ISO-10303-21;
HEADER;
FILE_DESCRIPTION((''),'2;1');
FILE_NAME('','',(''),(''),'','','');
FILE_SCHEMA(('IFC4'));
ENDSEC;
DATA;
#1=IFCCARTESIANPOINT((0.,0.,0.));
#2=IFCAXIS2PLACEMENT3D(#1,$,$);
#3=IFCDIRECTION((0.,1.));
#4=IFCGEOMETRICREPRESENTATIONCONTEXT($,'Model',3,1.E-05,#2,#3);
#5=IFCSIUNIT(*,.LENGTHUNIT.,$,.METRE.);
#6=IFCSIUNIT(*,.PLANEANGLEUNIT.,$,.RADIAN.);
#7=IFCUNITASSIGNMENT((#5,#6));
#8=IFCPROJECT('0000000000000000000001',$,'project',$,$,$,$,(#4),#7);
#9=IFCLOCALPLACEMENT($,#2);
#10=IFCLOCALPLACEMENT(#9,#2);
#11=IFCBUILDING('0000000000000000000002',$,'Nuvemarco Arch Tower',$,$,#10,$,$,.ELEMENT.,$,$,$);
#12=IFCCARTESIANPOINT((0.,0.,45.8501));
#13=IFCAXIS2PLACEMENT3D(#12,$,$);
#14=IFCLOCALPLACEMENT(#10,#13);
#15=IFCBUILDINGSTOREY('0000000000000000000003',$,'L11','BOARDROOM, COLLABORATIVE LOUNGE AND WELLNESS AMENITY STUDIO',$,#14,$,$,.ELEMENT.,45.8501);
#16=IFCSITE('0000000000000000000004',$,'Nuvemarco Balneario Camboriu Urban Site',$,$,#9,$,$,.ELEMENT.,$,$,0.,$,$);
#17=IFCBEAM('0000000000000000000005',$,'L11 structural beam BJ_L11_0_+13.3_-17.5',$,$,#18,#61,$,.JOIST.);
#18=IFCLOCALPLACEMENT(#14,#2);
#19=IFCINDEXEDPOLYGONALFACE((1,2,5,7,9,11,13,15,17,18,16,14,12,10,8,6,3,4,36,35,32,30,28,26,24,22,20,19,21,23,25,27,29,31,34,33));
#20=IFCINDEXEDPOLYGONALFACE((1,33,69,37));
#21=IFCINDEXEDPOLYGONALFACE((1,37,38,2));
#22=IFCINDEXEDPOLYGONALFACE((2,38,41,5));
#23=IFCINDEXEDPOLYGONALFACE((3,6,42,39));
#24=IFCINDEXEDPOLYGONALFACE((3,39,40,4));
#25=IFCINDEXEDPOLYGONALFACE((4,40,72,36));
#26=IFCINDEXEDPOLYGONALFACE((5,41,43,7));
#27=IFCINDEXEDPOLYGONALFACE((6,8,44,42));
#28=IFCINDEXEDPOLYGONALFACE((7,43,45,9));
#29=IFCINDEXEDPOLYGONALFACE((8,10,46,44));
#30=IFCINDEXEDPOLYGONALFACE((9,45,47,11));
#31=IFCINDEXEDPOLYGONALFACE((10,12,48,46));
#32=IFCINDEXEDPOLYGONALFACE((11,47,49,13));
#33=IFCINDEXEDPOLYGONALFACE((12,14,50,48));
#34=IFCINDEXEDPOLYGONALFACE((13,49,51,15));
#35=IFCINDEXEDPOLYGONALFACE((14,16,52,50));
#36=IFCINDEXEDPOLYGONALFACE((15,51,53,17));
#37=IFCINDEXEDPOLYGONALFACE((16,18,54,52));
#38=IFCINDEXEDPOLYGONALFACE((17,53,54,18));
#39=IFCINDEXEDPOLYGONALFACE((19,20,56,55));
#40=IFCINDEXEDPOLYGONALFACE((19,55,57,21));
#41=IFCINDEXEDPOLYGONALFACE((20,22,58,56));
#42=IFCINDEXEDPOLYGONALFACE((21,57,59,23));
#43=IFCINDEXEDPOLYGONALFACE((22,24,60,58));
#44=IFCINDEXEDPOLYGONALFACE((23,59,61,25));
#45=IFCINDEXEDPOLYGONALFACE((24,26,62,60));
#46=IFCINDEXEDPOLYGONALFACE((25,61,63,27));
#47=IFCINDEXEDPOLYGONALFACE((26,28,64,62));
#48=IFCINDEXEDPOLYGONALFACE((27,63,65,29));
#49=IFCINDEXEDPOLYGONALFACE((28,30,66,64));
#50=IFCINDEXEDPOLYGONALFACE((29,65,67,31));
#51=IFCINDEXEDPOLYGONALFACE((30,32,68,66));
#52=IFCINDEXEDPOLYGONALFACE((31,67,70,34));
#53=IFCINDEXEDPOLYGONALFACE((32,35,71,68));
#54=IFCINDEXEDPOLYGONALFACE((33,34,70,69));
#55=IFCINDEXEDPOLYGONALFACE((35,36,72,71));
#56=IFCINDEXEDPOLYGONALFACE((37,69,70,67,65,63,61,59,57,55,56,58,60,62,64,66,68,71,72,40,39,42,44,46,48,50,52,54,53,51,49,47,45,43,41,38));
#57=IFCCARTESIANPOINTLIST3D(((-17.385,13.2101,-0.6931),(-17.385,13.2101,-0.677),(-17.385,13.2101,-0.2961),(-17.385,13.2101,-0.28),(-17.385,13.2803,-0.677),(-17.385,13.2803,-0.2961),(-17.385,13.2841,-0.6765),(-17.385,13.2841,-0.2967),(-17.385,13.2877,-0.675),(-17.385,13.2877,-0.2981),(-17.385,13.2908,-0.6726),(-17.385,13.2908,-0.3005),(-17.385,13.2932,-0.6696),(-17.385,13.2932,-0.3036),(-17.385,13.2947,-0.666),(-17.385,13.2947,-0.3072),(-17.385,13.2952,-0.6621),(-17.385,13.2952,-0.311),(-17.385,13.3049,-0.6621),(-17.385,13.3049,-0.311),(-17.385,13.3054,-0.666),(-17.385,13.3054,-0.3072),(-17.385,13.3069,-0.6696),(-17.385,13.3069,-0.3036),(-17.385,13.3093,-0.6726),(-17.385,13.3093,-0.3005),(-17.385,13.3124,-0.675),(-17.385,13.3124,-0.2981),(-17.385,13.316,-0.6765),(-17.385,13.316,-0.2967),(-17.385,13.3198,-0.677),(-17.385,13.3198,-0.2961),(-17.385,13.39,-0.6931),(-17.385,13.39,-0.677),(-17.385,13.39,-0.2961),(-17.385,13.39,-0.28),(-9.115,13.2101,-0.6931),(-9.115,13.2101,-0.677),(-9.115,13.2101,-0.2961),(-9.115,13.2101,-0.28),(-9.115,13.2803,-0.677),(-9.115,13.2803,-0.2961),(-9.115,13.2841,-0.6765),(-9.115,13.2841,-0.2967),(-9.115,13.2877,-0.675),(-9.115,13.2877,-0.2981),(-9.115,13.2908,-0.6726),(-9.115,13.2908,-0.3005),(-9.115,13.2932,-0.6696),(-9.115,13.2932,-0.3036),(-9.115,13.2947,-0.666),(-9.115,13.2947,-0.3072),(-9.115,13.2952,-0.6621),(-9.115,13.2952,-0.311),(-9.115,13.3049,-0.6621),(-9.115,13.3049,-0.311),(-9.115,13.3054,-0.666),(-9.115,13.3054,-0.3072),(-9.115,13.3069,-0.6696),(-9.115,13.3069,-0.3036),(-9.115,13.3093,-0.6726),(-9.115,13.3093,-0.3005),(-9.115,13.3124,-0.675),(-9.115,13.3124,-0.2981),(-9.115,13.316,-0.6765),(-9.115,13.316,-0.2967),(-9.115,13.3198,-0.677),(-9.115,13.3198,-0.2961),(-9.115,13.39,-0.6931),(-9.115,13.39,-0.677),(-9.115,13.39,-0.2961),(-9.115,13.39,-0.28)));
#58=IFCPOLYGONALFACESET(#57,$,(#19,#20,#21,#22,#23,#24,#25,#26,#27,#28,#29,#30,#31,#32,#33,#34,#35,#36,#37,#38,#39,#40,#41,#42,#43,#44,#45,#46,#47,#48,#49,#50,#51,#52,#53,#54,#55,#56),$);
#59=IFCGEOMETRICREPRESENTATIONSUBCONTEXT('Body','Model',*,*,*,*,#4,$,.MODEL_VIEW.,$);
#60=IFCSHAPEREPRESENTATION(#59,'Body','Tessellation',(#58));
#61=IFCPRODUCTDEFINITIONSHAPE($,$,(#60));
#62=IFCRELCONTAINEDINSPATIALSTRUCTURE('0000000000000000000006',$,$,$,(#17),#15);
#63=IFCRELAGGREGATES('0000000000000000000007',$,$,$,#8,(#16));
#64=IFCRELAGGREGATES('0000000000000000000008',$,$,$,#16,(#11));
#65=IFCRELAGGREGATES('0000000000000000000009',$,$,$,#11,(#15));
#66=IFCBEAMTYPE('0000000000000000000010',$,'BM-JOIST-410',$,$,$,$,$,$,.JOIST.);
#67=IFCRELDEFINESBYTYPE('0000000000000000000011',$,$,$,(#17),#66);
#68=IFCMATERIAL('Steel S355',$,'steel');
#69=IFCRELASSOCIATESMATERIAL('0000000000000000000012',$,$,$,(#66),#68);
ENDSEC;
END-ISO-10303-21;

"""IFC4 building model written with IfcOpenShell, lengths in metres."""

from ifc_helpers import new_model, si_unit, direction, frame, origin, origin_2d, place, context, subcontext, project, spatial, i_section, extrude, material, material_profile, profile_set, type_object, element, save


model = new_model("IFC4")

# Units and contexts
model_context = context("Model", 3, precision=1e-05, world=origin(), true_north=direction((0.0, 1.0)))
body_context = subcontext(model_context, "Body", "Model", "MODEL_VIEW")
ifc_project = project(units=[si_unit("LENGTHUNIT", "METRE"), si_unit("PLANEANGLEUNIT", "RADIAN")], contexts=[model_context])

# Site, building, storey
site_placement = place(None, origin())
site = spatial("IfcSite", under=ifc_project, at=site_placement, Name="Nuvemarco Balneario Camboriu Urban Site", CompositionType="ELEMENT", RefElevation=0.0)
building_placement = place(site_placement, origin())
building = spatial("IfcBuilding", under=site, at=building_placement, Name="Nuvemarco Arch Tower", CompositionType="ELEMENT")
storey_placement = place(building_placement, frame((0.0, 0.0, 45.8501)))
storey = spatial("IfcBuildingStorey", under=building, at=storey_placement, Name="L11", Description="BOARDROOM, COLLABORATIVE LOUNGE AND WELLNESS AMENITY STUDIO", CompositionType="ELEMENT", Elevation=45.8501)

# Beam
ifc_material_1 = material(Name="Steel S355", Category="steel")
ifc_material_profile_1 = material_profile(ifc_material_1, i_section(OverallWidth=0.1799, OverallDepth=0.4131, WebThickness=0.0098, FlangeThickness=0.0161, FilletRadius=0.0149, at=origin_2d()), Name="W410x75")
ifc_profile_set_1 = profile_set([ifc_material_profile_1], Name="Steel S355")
beam_type_1 = type_object("IfcBeamType", Name="BM-JOIST-410", PredefinedType="JOIST", material=ifc_profile_set_1)
beam_1_placement = place(storey_placement, frame((-17.385, 13.3, -0.4866), z_axis=(1.0, 0.0, 0.0), x_axis=(0.0, 1.0, 0.0)))
element("IfcBeam", 1, at=beam_1_placement, inside=storey, type_object=beam_type_1, Name="L11 structural beam BJ_L11_0_+13.3_-17.5", PredefinedType="JOIST", context=body_context, shape_type="SweptSolid", body=[
    extrude(i_section(OverallWidth=0.1799, OverallDepth=0.4131, WebThickness=0.0098, FlangeThickness=0.0161, FilletRadius=0.0149, at=origin_2d()), origin(), (0.0, 0.0, 1.0), 8.27),
])

save(model, "model.ifc")
